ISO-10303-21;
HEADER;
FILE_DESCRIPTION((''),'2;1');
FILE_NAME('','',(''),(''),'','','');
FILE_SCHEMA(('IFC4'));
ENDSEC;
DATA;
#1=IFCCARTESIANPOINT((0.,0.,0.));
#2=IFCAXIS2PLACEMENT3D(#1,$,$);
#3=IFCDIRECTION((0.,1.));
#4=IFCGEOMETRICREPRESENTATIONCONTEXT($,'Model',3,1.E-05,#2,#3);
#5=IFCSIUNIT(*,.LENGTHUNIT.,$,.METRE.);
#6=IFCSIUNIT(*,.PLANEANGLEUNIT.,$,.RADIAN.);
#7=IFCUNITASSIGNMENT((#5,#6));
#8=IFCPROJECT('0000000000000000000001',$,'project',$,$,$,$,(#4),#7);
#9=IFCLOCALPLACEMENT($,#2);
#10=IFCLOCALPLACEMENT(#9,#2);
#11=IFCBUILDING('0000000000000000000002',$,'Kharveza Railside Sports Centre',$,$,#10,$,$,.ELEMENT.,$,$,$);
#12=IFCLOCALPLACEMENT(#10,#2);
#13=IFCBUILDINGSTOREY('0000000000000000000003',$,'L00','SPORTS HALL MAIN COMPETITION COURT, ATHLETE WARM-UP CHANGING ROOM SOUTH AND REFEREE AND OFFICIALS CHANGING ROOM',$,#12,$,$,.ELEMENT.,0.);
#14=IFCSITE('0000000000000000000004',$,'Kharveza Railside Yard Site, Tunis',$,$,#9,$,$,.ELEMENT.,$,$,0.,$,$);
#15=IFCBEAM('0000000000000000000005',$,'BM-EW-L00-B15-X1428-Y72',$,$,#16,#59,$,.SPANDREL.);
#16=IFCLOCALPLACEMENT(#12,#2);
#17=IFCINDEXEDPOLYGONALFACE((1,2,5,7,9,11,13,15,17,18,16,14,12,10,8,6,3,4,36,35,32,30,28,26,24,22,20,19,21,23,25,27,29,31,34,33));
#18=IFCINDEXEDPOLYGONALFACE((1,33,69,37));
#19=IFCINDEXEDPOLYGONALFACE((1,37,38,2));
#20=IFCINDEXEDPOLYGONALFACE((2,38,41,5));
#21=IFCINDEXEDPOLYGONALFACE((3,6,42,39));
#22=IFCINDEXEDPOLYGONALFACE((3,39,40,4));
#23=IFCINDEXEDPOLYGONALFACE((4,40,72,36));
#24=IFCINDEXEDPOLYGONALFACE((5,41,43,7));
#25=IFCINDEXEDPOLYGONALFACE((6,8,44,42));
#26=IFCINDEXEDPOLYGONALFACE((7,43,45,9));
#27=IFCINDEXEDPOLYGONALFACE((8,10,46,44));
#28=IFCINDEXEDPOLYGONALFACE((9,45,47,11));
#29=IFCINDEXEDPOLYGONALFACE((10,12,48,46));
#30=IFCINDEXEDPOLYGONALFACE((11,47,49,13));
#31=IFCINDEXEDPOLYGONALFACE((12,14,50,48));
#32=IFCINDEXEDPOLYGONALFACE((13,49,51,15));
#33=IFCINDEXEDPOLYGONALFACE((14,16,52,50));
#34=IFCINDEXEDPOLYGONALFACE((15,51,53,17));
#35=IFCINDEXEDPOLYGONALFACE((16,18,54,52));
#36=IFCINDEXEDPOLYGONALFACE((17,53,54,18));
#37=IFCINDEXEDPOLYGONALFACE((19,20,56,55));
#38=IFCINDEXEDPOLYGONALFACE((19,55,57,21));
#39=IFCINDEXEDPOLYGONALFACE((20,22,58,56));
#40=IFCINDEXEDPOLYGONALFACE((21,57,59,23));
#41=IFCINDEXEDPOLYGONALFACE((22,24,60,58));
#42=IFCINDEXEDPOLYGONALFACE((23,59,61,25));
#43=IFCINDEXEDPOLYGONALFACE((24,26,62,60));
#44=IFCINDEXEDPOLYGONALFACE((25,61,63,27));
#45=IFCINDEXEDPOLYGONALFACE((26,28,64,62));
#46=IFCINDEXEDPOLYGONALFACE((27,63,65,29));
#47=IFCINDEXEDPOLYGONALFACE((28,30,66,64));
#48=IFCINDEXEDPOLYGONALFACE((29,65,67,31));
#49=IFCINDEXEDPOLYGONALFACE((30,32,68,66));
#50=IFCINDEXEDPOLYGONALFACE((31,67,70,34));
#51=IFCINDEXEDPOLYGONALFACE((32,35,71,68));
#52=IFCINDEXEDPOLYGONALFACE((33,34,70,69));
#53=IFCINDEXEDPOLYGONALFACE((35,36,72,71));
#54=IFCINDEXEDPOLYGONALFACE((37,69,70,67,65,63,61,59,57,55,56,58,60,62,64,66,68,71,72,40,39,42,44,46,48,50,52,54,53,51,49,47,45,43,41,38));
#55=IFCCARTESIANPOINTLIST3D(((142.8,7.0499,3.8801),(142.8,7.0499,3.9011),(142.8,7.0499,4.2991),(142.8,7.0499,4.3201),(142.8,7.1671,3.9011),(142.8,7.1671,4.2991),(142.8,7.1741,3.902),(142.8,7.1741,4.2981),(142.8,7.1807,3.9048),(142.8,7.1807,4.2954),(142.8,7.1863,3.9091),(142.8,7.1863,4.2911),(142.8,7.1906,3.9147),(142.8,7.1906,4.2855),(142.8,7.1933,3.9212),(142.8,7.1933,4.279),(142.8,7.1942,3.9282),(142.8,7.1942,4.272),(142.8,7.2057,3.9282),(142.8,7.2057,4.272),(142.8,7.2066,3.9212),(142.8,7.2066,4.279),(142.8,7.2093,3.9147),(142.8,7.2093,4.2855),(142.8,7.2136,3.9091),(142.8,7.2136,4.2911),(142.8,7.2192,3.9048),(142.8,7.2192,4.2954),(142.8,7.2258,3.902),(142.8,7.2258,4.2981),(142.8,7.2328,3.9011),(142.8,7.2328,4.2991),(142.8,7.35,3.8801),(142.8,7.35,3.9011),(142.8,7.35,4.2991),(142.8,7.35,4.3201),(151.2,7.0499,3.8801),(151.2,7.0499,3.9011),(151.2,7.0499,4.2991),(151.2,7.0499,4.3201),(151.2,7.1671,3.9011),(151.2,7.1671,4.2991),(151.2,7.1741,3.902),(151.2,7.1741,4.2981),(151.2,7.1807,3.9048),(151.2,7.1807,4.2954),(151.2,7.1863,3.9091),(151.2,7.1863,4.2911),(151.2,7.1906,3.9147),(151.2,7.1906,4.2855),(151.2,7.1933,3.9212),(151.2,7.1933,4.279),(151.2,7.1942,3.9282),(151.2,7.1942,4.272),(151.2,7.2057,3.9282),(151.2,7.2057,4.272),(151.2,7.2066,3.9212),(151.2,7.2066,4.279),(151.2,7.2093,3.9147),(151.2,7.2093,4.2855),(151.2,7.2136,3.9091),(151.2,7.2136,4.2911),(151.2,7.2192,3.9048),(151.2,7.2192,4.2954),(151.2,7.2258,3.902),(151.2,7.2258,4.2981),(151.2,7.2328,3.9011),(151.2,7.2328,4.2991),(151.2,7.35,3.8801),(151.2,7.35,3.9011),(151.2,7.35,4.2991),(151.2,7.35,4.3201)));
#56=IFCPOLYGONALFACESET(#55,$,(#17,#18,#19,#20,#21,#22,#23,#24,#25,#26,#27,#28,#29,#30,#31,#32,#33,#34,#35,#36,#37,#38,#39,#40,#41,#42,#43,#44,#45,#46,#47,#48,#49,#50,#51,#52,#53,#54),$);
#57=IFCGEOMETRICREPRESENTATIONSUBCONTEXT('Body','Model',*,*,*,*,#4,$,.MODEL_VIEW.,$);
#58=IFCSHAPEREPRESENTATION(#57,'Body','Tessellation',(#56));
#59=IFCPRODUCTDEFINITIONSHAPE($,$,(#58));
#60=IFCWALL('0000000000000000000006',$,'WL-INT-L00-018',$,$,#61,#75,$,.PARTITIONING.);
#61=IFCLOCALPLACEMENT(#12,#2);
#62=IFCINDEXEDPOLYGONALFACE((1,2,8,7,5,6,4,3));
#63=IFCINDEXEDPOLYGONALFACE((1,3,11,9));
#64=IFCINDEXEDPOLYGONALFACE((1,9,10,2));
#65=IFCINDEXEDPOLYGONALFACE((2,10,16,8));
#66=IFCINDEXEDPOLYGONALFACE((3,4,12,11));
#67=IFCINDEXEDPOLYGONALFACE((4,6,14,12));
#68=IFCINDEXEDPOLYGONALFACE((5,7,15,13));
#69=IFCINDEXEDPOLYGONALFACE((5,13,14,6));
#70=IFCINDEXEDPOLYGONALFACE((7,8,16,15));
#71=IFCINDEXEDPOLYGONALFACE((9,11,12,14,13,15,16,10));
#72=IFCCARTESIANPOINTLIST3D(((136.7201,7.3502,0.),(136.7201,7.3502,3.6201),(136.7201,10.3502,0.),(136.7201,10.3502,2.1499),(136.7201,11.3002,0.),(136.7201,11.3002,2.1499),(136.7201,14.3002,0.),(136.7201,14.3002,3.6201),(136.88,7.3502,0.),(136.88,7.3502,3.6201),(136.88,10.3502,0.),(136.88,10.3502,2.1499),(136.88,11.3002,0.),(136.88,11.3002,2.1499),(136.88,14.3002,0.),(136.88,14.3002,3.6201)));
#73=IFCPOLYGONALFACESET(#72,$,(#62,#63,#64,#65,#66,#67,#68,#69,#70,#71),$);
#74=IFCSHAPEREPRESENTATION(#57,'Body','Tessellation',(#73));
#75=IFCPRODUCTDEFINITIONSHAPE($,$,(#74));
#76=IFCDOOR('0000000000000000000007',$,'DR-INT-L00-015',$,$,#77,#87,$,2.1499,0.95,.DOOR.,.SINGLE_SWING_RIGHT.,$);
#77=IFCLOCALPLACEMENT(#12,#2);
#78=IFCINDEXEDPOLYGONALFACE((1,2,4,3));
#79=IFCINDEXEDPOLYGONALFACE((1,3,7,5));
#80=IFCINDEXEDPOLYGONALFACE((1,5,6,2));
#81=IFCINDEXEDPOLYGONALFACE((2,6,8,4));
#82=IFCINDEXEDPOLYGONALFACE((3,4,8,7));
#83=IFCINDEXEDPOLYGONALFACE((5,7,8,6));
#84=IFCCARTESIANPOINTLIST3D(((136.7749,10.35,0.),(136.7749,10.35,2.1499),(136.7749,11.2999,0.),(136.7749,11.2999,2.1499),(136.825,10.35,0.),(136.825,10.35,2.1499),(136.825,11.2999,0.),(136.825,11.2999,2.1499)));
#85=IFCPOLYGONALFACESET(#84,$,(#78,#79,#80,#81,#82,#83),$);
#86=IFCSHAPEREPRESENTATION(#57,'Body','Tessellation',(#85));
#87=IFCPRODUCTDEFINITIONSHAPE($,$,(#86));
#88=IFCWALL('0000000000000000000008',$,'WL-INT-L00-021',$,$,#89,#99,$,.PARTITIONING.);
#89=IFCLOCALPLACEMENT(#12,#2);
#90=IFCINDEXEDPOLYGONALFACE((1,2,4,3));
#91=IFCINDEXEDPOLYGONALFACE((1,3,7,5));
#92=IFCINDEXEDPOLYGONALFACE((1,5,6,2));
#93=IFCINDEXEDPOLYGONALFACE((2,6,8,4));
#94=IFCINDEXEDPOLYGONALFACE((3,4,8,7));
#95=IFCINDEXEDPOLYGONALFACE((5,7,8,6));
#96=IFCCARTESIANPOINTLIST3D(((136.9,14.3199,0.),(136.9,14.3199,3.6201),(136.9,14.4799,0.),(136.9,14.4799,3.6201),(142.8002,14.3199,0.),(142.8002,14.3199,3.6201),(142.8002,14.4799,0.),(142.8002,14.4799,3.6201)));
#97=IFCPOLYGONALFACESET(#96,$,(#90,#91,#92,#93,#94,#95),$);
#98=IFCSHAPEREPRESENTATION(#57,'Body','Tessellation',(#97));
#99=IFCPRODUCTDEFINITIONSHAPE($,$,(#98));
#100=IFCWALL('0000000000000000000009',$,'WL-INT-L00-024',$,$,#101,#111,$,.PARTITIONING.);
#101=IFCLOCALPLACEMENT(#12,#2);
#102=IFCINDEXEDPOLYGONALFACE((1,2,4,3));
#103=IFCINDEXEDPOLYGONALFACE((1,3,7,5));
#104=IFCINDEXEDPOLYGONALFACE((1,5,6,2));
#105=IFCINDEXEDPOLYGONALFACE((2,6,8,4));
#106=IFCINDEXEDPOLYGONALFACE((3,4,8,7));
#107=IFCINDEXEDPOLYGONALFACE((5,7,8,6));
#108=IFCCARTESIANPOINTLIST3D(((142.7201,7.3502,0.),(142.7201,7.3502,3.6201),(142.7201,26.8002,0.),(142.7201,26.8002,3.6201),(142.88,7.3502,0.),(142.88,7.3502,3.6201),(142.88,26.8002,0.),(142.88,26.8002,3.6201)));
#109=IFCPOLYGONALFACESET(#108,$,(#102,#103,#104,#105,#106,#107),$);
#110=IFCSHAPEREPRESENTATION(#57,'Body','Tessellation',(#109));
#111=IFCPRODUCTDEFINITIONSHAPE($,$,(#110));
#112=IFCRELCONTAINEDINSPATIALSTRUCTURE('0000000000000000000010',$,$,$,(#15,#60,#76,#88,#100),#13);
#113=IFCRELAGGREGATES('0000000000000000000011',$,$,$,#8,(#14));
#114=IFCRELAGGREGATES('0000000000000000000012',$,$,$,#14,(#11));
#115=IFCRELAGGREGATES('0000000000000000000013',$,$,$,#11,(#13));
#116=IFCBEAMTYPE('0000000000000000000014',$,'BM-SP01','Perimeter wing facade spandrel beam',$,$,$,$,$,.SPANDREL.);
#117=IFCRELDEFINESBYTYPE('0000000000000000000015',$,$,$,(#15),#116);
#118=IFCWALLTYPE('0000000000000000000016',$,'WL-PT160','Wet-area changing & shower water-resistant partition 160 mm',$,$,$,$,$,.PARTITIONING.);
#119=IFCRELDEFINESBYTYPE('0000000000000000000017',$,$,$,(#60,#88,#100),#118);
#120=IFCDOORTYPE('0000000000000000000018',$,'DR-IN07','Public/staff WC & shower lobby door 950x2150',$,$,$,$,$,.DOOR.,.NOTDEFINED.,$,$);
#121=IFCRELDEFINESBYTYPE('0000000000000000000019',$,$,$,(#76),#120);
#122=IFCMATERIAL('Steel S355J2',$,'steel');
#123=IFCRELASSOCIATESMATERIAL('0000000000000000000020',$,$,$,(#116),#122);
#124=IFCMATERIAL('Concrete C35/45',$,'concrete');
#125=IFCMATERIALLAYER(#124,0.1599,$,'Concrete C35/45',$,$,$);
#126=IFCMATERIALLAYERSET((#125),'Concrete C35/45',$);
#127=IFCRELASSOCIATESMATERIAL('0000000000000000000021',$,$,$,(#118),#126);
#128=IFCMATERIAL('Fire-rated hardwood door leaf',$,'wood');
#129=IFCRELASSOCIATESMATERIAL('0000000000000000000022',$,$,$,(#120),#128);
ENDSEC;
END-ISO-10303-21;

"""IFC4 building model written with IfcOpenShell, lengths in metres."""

from ifc_helpers import new_model, si_unit, direction, frame, frame_2d, origin, origin_2d, place, context, subcontext, project, spatial, rectangle, i_section, extrude, material, layer, layer_set, material_profile, profile_set, type_object, element, fill, save


model = new_model("IFC4")

# Units and contexts
model_context = context("Model", 3, precision=1e-05, world=origin(), true_north=direction((0.0, 1.0)))
body_context = subcontext(model_context, "Body", "Model", "MODEL_VIEW")
ifc_project = project(units=[si_unit("LENGTHUNIT", "METRE"), si_unit("PLANEANGLEUNIT", "RADIAN")], contexts=[model_context])

# Site, building, storey
site_placement = place(None, origin())
site = spatial("IfcSite", under=ifc_project, at=site_placement, Name="Kharveza Railside Yard Site, Tunis", CompositionType="ELEMENT", RefElevation=0.0)
building_placement = place(site_placement, origin())
building = spatial("IfcBuilding", under=site, at=building_placement, Name="Kharveza Railside Sports Centre", CompositionType="ELEMENT")
storey_placement = place(building_placement, origin())
storey = spatial("IfcBuildingStorey", under=building, at=storey_placement, Name="L00", Description="SPORTS HALL MAIN COMPETITION COURT, ATHLETE WARM-UP CHANGING ROOM SOUTH AND REFEREE AND OFFICIALS CHANGING ROOM", CompositionType="ELEMENT", Elevation=0.0)

# Shared definitions
ifc_material_1 = material(Name="Concrete C35/45", Category="concrete")

# Shared definitions
ifc_material_2 = material(Name="Steel S355J2", Category="steel")

# Beam
ifc_material_profile_1 = material_profile(ifc_material_2, i_section(OverallWidth=0.3, OverallDepth=0.4399, WebThickness=0.0115, FlangeThickness=0.021, FilletRadius=0.0271, at=origin_2d()), Name="HEA 450")
ifc_profile_set_1 = profile_set([ifc_material_profile_1], Name="Steel S355J2")
beam_type_1 = type_object("IfcBeamType", Name="BM-SP01", Description="Perimeter wing facade spandrel beam", PredefinedType="SPANDREL", material=ifc_profile_set_1)
beam_1_placement = place(storey_placement, frame((142.8, 7.2, 4.1001), z_axis=(1.0, 0.0, 0.0), x_axis=(0.0, 1.0, 0.0)))
element("IfcBeam", 1, at=beam_1_placement, inside=storey, type_object=beam_type_1, Name="BM-EW-L00-B15-X1428-Y72", PredefinedType="SPANDREL", context=body_context, shape_type="SweptSolid", body=[
    extrude(i_section(OverallWidth=0.3, OverallDepth=0.4399, WebThickness=0.0115, FlangeThickness=0.021, FilletRadius=0.0271, at=origin_2d()), origin(), (0.0, 0.0, 1.0), 8.3999),
])

# Wall, opening, door
ifc_layer_1 = layer(ifc_material_1, 0.1599, Name="Concrete C35/45")
ifc_layer_set_1 = layer_set([ifc_layer_1], Name="Concrete C35/45")
wall_type_1 = type_object("IfcWallType", Name="WL-PT160", Description="Wet-area changing & shower water-resistant partition 160 mm", PredefinedType="PARTITIONING", material=ifc_layer_set_1)
wall_1_placement = place(storey_placement, frame((136.8, 7.3501, 0.0), z_axis=(0.0, 0.0, 1.0), x_axis=(0.0, 1.0, 0.0)))
wall_1 = element("IfcWall", 2, at=wall_1_placement, inside=storey, type_object=wall_type_1, Name="WL-INT-L00-018", PredefinedType="PARTITIONING", context=body_context, shape_type="SweptSolid", body=[
    extrude(rectangle(XDim=6.95, YDim=0.1599, at=frame_2d((3.4751, 0.0))), origin(), (0.0, 0.0, 1.0), 3.6201),
])
opening_1_placement = place(wall_1_placement, frame((3.0, 0.0, 0.0)))
opening_1 = element("IfcOpeningElement", 3, at=opening_1_placement, cuts=wall_1, PredefinedType="OPENING", context=body_context, shape_type="SweptSolid", body=[
    extrude(rectangle(XDim=0.95, YDim=2.1499, at=frame_2d((0.4751, 1.075))), frame((0.0, 0.105, 0.0), z_axis=(0.0, -1.0, 0.0), x_axis=(1.0, 0.0, 0.0)), (0.0, 0.0, 1.0), 0.2097),
])
ifc_material_3 = material(Name="Fire-rated hardwood door leaf", Category="wood")
door_type_1 = type_object("IfcDoorType", Name="DR-IN07", Description="Public/staff WC & shower lobby door 950x2150", OperationType="NOTDEFINED", PredefinedType="DOOR", material=ifc_material_3)
door_1_placement = place(opening_1_placement, frame((0.95, 0.0, 0.0), z_axis=(0.0, 0.0, 1.0), x_axis=(-1.0, 0.0, 0.0)))
door_1 = element("IfcDoor", 4, at=door_1_placement, inside=storey, type_object=door_type_1, Name="DR-INT-L00-015", OperationType="SINGLE_SWING_RIGHT", OverallHeight=2.1499, OverallWidth=0.95, PredefinedType="DOOR", context=body_context, shape_type="SweptSolid", body=[
    extrude(rectangle(XDim=0.95, YDim=2.1499, at=frame_2d((0.4751, 1.075))), frame((0.0, 0.0249, 0.0), z_axis=(0.0, -1.0, 0.0), x_axis=(1.0, 0.0, 0.0)), (0.0, 0.0, 1.0), 0.05),
])
fill(opening_1, door_1)

# Walls
wall_2_placement = place(storey_placement, frame((136.8999, 14.3999, 0.0), z_axis=(0.0, 0.0, 1.0), x_axis=(1.0, 0.0, 0.0)))
element("IfcWall", 5, at=wall_2_placement, inside=storey, type_object=wall_type_1, Name="WL-INT-L00-021", PredefinedType="PARTITIONING", context=body_context, shape_type="SweptSolid", body=[
    extrude(rectangle(XDim=5.9001, YDim=0.1599, at=frame_2d((2.9502, 0.0))), origin(), (0.0, 0.0, 1.0), 3.6201),
])
wall_3_placement = place(storey_placement, frame((142.8, 7.3501, 0.0), z_axis=(0.0, 0.0, 1.0), x_axis=(0.0, 1.0, 0.0)))
element("IfcWall", 6, at=wall_3_placement, inside=storey, type_object=wall_type_1, Name="WL-INT-L00-024", PredefinedType="PARTITIONING", context=body_context, shape_type="SweptSolid", body=[
    extrude(rectangle(XDim=19.45, YDim=0.1599, at=frame_2d((9.7251, 0.0))), origin(), (0.0, 0.0, 1.0), 3.6201),
])

save(model, "model.ifc")
